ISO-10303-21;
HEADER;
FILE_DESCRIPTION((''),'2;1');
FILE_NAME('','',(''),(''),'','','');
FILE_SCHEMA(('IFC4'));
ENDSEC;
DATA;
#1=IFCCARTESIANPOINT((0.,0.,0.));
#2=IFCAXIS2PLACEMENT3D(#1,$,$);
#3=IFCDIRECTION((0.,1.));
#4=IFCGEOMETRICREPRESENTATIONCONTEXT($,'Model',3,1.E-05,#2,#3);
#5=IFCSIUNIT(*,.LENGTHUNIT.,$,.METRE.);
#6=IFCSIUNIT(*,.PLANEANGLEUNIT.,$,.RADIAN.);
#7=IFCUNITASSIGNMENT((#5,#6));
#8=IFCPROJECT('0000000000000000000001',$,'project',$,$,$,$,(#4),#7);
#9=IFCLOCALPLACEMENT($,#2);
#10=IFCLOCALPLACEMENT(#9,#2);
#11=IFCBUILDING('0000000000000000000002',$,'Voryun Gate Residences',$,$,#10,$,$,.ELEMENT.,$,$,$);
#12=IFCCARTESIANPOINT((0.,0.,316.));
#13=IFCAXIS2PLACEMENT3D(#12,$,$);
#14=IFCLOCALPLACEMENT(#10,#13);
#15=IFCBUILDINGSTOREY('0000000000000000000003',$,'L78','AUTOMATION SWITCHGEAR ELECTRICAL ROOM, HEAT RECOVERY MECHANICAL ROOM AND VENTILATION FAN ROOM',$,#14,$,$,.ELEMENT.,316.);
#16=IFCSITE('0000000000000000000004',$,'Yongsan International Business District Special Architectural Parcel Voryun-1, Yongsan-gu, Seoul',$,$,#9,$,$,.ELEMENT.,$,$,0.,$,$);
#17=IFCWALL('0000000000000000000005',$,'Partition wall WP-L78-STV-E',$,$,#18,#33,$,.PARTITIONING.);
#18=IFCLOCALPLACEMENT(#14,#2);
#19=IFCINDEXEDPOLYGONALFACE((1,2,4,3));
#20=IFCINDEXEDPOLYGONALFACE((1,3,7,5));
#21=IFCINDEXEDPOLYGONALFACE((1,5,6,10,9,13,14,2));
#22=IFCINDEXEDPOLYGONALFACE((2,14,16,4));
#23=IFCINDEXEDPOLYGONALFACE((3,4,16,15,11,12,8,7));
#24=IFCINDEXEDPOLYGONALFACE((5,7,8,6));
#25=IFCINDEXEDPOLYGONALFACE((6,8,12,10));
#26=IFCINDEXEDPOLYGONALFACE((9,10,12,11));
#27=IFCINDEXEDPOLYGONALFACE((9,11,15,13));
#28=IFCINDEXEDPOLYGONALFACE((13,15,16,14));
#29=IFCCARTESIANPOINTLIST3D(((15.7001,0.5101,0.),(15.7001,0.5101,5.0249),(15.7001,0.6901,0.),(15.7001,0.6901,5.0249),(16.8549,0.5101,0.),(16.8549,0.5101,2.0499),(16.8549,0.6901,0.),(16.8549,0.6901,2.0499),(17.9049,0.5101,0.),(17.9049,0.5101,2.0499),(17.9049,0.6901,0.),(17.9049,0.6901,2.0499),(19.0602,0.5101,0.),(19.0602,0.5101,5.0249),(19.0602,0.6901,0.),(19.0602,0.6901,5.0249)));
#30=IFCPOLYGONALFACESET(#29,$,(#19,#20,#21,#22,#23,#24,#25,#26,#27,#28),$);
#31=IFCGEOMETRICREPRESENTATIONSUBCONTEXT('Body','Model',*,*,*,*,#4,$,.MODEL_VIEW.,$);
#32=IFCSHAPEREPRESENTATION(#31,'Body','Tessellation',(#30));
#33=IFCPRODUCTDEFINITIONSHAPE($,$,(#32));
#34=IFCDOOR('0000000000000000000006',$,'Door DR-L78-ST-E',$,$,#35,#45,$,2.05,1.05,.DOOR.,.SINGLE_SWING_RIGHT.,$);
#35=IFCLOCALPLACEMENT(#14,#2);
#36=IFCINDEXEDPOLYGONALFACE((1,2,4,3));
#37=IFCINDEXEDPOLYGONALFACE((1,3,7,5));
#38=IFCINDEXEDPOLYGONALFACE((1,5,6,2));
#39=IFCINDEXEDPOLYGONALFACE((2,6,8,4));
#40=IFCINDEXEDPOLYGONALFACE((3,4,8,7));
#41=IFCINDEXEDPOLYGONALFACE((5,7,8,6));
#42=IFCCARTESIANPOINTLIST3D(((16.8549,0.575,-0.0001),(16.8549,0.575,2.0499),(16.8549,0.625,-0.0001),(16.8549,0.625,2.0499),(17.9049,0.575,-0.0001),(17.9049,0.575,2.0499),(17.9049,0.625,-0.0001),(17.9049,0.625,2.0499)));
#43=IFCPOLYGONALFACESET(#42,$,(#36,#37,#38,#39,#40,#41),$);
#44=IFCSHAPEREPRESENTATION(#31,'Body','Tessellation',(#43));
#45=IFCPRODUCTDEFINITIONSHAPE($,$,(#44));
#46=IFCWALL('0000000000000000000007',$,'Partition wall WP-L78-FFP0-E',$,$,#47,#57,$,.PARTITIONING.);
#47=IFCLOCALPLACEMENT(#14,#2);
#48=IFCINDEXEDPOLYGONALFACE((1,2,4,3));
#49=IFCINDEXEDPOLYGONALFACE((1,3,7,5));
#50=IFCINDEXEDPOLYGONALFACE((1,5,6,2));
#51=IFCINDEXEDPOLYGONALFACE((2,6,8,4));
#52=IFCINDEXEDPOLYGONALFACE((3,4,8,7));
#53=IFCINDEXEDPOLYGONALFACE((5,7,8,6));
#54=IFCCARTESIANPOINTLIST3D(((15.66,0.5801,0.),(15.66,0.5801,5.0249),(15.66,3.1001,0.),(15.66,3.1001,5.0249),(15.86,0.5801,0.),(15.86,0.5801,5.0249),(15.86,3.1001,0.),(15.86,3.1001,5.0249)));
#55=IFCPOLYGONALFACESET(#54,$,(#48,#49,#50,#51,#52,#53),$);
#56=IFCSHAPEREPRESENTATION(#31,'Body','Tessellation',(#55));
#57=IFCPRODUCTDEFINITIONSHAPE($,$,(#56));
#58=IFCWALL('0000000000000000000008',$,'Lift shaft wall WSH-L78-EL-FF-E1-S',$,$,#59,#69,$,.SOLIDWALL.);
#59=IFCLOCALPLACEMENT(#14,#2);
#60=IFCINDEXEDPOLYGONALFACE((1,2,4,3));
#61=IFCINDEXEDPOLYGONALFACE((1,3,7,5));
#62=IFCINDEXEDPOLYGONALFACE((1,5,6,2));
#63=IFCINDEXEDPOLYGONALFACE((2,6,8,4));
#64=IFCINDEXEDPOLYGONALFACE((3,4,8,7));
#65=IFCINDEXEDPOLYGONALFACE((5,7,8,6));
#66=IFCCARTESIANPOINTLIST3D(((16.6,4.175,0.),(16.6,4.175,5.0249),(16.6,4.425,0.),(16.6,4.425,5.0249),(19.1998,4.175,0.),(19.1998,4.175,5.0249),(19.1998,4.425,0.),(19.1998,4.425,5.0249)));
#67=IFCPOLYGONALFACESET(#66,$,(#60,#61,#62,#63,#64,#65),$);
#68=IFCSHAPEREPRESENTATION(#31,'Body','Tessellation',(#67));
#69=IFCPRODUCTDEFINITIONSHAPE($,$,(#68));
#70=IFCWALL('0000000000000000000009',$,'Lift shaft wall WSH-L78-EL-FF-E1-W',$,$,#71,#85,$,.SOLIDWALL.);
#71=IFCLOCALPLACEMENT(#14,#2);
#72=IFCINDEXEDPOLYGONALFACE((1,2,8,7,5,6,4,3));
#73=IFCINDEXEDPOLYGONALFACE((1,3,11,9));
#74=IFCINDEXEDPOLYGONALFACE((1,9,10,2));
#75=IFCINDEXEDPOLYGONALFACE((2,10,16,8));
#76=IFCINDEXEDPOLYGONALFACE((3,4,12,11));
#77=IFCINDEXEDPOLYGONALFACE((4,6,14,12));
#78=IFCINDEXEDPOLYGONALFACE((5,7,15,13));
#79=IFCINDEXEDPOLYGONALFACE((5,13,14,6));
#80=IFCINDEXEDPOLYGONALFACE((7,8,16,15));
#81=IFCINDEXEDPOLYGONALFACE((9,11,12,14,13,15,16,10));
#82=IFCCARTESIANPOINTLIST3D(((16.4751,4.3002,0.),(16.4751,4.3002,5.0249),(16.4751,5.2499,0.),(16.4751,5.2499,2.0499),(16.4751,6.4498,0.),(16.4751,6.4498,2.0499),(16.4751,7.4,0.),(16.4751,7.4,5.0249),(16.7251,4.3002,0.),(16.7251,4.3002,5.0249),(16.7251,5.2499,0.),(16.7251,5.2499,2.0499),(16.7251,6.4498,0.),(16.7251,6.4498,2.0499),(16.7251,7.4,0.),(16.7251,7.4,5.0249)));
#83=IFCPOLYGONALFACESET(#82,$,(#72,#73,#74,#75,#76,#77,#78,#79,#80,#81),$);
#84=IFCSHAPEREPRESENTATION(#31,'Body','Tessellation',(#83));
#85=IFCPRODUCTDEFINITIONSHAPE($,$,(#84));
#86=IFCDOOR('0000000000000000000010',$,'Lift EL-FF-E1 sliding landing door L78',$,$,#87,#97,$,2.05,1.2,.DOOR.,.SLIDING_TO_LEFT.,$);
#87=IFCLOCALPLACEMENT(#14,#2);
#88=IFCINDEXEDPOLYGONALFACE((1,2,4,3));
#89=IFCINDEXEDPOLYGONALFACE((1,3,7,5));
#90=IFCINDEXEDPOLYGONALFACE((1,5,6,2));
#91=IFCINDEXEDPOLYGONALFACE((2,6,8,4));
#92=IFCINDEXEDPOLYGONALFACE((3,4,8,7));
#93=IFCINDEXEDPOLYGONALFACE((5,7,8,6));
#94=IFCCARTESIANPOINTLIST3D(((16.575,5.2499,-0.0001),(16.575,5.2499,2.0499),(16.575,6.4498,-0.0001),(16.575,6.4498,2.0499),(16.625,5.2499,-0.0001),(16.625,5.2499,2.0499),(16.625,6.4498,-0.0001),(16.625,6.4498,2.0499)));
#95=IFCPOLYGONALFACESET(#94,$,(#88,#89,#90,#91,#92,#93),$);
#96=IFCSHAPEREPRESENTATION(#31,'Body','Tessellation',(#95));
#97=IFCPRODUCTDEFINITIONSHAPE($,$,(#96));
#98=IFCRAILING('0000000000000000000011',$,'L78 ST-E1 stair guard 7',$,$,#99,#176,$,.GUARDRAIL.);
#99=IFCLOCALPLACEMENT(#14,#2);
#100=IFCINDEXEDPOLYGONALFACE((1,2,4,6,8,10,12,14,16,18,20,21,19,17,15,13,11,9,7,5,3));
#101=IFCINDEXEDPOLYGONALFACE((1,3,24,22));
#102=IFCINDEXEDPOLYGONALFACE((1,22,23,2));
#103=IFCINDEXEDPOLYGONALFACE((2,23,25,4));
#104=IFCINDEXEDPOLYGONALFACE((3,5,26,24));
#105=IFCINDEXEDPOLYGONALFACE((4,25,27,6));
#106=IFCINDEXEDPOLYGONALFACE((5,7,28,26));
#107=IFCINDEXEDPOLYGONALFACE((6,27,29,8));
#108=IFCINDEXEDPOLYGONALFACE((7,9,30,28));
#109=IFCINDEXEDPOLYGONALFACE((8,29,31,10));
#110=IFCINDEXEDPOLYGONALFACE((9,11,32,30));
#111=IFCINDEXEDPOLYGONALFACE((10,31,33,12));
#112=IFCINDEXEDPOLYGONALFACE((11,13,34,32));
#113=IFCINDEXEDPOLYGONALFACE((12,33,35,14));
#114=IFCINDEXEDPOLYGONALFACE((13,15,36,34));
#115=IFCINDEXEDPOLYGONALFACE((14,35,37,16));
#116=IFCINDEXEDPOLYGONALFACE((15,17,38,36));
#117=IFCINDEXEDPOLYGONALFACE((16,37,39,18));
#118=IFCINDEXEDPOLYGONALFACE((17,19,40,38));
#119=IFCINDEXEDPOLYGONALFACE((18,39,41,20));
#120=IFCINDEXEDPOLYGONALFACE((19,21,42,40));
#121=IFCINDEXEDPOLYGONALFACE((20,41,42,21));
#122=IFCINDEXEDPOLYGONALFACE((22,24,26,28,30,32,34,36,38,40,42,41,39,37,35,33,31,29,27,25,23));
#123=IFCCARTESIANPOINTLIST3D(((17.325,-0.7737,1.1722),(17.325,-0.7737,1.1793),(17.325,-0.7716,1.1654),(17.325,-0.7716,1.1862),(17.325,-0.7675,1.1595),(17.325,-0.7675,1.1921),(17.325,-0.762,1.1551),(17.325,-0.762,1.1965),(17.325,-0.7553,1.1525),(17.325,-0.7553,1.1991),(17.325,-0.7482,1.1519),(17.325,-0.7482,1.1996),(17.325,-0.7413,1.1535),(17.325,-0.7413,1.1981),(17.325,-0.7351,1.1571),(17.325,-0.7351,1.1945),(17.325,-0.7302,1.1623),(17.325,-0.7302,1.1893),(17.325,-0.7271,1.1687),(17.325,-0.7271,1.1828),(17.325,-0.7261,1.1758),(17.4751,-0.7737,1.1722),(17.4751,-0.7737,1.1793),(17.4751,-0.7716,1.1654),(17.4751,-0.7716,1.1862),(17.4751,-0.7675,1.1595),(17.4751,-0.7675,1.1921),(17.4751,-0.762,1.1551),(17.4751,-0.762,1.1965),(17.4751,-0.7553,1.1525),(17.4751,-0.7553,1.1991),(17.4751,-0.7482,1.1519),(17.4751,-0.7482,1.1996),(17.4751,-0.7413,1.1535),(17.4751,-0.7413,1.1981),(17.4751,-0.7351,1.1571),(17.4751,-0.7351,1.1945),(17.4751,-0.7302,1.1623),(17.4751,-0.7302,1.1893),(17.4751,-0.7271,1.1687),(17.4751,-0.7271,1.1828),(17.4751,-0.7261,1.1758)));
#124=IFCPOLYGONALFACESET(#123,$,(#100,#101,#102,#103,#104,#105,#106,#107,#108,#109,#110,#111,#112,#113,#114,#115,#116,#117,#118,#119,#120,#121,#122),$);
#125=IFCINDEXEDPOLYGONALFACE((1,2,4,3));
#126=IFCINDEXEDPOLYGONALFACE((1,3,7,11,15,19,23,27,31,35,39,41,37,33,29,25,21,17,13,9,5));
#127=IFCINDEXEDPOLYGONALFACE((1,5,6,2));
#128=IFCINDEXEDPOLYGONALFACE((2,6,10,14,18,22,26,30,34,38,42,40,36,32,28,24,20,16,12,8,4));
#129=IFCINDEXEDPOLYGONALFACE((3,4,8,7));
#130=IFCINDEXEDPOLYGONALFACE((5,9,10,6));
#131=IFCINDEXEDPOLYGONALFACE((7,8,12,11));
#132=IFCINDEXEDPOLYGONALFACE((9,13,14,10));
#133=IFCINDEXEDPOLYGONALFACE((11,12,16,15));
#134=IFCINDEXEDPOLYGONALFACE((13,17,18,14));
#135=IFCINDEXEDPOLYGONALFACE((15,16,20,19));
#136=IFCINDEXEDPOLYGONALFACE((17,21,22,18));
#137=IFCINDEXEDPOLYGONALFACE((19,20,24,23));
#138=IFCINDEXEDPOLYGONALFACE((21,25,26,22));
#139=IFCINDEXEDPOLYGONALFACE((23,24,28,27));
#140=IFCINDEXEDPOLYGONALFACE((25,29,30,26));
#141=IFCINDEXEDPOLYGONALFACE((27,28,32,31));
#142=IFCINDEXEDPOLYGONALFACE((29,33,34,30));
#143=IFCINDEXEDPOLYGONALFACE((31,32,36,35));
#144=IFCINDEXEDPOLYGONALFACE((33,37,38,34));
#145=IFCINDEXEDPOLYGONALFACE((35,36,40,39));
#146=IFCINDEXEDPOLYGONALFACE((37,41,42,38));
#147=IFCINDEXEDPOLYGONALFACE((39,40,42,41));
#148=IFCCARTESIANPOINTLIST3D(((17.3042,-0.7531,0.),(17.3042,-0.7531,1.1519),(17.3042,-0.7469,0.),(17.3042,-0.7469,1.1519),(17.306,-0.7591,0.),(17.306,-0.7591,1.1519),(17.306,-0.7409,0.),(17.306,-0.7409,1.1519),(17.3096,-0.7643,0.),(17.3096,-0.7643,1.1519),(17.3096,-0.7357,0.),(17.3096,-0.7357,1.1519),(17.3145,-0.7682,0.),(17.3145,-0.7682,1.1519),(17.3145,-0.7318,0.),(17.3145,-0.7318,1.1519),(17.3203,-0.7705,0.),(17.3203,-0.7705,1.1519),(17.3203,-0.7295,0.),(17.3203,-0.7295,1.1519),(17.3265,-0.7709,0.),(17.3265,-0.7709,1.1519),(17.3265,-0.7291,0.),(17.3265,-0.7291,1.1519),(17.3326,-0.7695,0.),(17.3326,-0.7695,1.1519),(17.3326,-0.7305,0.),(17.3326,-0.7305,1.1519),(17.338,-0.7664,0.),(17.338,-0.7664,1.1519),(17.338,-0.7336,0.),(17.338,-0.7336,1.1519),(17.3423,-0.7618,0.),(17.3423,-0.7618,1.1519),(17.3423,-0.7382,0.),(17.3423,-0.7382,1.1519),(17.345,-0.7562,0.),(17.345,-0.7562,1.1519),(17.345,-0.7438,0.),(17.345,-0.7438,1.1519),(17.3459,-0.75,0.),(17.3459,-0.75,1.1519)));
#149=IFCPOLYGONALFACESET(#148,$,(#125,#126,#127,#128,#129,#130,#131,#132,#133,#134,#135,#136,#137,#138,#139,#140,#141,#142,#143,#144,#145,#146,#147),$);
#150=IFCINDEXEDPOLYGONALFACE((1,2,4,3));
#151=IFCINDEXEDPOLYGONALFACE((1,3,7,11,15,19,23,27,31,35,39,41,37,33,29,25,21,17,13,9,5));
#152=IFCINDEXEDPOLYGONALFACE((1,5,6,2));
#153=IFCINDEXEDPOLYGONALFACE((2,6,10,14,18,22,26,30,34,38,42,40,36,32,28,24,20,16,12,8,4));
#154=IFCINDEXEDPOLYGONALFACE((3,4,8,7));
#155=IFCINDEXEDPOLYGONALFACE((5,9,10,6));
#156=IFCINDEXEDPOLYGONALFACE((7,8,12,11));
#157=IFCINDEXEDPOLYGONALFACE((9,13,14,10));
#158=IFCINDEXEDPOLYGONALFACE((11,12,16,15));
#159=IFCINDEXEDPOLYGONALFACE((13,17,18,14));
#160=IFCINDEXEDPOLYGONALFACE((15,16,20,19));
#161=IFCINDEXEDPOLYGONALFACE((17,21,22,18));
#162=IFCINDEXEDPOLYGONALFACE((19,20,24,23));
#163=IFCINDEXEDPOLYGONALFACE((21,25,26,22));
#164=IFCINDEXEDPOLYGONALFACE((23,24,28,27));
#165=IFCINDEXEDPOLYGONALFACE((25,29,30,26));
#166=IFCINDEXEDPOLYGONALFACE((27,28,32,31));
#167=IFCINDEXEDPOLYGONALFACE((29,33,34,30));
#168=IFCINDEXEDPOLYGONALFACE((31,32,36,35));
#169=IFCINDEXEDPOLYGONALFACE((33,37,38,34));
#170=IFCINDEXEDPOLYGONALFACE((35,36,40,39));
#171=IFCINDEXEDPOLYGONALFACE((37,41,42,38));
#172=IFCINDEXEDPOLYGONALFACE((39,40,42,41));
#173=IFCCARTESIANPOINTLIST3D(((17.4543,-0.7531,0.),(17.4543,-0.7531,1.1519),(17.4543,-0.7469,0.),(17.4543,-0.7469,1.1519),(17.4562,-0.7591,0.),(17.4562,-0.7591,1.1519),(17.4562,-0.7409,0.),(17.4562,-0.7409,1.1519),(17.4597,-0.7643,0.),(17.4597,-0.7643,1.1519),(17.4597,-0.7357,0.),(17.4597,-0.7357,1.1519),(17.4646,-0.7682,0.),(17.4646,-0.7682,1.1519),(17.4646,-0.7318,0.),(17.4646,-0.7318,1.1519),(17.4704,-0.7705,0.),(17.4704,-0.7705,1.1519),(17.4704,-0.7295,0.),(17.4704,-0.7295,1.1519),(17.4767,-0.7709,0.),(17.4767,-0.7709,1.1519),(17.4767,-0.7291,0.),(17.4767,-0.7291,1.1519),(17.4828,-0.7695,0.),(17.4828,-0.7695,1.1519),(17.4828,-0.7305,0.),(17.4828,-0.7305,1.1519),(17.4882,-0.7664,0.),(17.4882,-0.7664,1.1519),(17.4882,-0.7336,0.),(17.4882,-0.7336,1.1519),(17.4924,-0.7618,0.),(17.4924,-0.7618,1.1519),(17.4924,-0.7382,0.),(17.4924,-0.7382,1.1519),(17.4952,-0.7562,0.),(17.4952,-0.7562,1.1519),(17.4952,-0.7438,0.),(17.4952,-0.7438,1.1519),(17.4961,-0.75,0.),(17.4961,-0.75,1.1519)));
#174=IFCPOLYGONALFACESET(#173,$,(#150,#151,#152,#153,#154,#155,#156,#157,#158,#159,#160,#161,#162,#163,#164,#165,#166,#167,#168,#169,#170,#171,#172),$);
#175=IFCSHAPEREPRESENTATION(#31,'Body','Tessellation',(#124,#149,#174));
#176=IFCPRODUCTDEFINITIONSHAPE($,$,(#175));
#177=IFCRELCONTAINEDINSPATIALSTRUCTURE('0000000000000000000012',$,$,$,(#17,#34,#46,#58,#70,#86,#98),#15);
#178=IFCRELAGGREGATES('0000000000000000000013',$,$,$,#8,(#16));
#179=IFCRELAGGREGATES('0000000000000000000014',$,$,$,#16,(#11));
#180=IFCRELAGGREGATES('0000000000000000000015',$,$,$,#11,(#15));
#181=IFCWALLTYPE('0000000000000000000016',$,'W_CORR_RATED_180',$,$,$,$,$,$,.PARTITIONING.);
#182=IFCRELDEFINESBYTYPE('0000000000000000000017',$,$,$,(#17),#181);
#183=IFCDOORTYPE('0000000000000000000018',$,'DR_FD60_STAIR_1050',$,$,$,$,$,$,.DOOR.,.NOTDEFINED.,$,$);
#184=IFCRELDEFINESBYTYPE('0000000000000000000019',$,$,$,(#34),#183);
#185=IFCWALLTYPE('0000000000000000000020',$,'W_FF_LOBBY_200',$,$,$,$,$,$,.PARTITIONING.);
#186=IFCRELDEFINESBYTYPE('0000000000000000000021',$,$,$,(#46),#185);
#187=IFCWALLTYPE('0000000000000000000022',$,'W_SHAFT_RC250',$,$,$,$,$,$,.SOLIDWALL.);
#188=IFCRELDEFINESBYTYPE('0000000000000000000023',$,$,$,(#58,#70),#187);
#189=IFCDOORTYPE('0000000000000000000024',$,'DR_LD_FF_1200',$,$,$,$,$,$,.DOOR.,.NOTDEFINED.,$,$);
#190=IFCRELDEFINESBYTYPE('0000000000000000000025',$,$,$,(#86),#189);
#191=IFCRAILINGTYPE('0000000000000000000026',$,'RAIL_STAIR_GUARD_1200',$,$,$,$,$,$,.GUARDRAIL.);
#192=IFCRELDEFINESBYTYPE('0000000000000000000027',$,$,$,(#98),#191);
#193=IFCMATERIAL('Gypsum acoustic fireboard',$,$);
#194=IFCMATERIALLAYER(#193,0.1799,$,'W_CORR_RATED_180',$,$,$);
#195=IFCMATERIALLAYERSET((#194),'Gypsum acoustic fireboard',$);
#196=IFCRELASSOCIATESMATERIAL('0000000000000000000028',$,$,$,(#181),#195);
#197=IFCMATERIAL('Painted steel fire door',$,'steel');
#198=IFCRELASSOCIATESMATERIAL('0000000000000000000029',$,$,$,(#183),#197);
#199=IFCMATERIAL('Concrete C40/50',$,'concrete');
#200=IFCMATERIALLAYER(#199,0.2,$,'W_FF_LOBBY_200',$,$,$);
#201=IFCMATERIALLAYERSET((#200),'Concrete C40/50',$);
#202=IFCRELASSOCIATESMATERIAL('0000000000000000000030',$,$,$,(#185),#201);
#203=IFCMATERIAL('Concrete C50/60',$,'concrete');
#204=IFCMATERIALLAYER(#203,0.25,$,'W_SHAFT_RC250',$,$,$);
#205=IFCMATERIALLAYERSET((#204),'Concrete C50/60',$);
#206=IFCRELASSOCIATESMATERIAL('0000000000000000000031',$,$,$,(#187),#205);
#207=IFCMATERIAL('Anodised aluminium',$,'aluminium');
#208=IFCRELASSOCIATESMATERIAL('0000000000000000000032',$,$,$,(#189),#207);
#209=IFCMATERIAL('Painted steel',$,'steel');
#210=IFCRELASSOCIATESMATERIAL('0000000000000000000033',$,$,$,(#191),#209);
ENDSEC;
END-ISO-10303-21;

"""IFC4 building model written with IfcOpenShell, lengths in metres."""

from ifc_helpers import new_model, si_unit, direction, frame, frame_2d, origin, origin_2d, place, context, subcontext, project, spatial, rectangle, circle, extrude, material, layer, layer_set, type_object, element, fill, save


model = new_model("IFC4")

# Units and contexts
model_context = context("Model", 3, precision=1e-05, world=origin(), true_north=direction((0.0, 1.0)))
body_context = subcontext(model_context, "Body", "Model", "MODEL_VIEW")
ifc_project = project(units=[si_unit("LENGTHUNIT", "METRE"), si_unit("PLANEANGLEUNIT", "RADIAN")], contexts=[model_context])

# Site, building, storey
site_placement = place(None, origin())
site = spatial("IfcSite", under=ifc_project, at=site_placement, Name="Yongsan International Business District Special Architectural Parcel Voryun-1, Yongsan-gu, Seoul", CompositionType="ELEMENT", RefElevation=0.0)
building_placement = place(site_placement, origin())
building = spatial("IfcBuilding", under=site, at=building_placement, Name="Voryun Gate Residences", CompositionType="ELEMENT")
storey_placement = place(building_placement, frame((0.0, 0.0, 316.0)))
storey = spatial("IfcBuildingStorey", under=building, at=storey_placement, Name="L78", Description="AUTOMATION SWITCHGEAR ELECTRICAL ROOM, HEAT RECOVERY MECHANICAL ROOM AND VENTILATION FAN ROOM", CompositionType="ELEMENT", Elevation=316.0)

# Wall, opening, door
ifc_material_1 = material(Name="Gypsum acoustic fireboard")
ifc_layer_1 = layer(ifc_material_1, 0.1799, Name="W_CORR_RATED_180")
ifc_layer_set_1 = layer_set([ifc_layer_1], Name="Gypsum acoustic fireboard")
wall_type_1 = type_object("IfcWallType", Name="W_CORR_RATED_180", PredefinedType="PARTITIONING", material=ifc_layer_set_1)
wall_1_placement = place(storey_placement, frame((15.7, 0.6001, 0.0), z_axis=(0.0, 0.0, 1.0), x_axis=(1.0, 0.0, 0.0)))
wall_1 = element("IfcWall", 1, at=wall_1_placement, inside=storey, type_object=wall_type_1, Name="Partition wall WP-L78-STV-E", PredefinedType="PARTITIONING", context=body_context, shape_type="SweptSolid", body=[
    extrude(rectangle(XDim=3.3601, YDim=0.1799, at=frame_2d((1.6802, 0.0))), origin(), (0.0, 0.0, 1.0), 5.0249),
])
opening_1_placement = place(wall_1_placement, frame((1.155, 0.0, 0.0)))
opening_1 = element("IfcOpeningElement", 2, at=opening_1_placement, cuts=wall_1, PredefinedType="OPENING", context=body_context, shape_type="SweptSolid", body=[
    extrude(rectangle(XDim=1.05, YDim=2.05, at=frame_2d((0.5249, 1.0249))), frame((0.0, 0.0999, 0.0), z_axis=(0.0, -1.0, 0.0), x_axis=(1.0, 0.0, 0.0)), (0.0, 0.0, 1.0), 0.2),
])
ifc_material_2 = material(Name="Painted steel fire door", Category="steel")
door_type_1 = type_object("IfcDoorType", Name="DR_FD60_STAIR_1050", OperationType="NOTDEFINED", PredefinedType="DOOR", material=ifc_material_2)
door_1_placement = place(opening_1_placement, origin())
door_1 = element("IfcDoor", 3, at=door_1_placement, inside=storey, type_object=door_type_1, Name="Door DR-L78-ST-E", OperationType="SINGLE_SWING_RIGHT", OverallHeight=2.05, OverallWidth=1.05, PredefinedType="DOOR", context=body_context, shape_type="SweptSolid", body=[
    extrude(rectangle(XDim=1.05, YDim=2.05, at=frame_2d((0.5249, 1.0249))), frame((0.0, 0.0249, 0.0), z_axis=(0.0, -1.0, 0.0), x_axis=(1.0, 0.0, 0.0)), (0.0, 0.0, 1.0), 0.05),
])
fill(opening_1, door_1)

# Walls
ifc_material_3 = material(Name="Concrete C40/50", Category="concrete")
ifc_layer_2 = layer(ifc_material_3, 0.2, Name="W_FF_LOBBY_200")
ifc_layer_set_2 = layer_set([ifc_layer_2], Name="Concrete C40/50")
wall_type_2 = type_object("IfcWallType", Name="W_FF_LOBBY_200", PredefinedType="PARTITIONING", material=ifc_layer_set_2)
wall_2_placement = place(storey_placement, frame((15.76, 0.5801, 0.0), z_axis=(0.0, 0.0, 1.0), x_axis=(0.0, 1.0, 0.0)))
element("IfcWall", 4, at=wall_2_placement, inside=storey, type_object=wall_type_2, Name="Partition wall WP-L78-FFP0-E", PredefinedType="PARTITIONING", context=body_context, shape_type="SweptSolid", body=[
    extrude(rectangle(XDim=2.52, YDim=0.2, at=frame_2d((1.26, 0.0))), origin(), (0.0, 0.0, 1.0), 5.0249),
])
ifc_material_4 = material(Name="Concrete C50/60", Category="concrete")
ifc_layer_3 = layer(ifc_material_4, 0.25, Name="W_SHAFT_RC250")
ifc_layer_set_3 = layer_set([ifc_layer_3], Name="Concrete C50/60")
wall_type_3 = type_object("IfcWallType", Name="W_SHAFT_RC250", PredefinedType="SOLIDWALL", material=ifc_layer_set_3)
wall_3_placement = place(storey_placement, frame((16.6001, 4.3, 0.0), z_axis=(0.0, 0.0, 1.0), x_axis=(1.0, 0.0, 0.0)))
element("IfcWall", 5, at=wall_3_placement, inside=storey, type_object=wall_type_3, Name="Lift shaft wall WSH-L78-EL-FF-E1-S", PredefinedType="SOLIDWALL", context=body_context, shape_type="SweptSolid", body=[
    extrude(rectangle(XDim=2.5999, YDim=0.25, at=frame_2d((1.2998, 0.0))), origin(), (0.0, 0.0, 1.0), 5.0249),
])

# Wall, opening, door
wall_4_placement = place(storey_placement, frame((16.6001, 7.3999, 0.0), z_axis=(0.0, 0.0, 1.0), x_axis=(0.0, -1.0, 0.0)))
wall_4 = element("IfcWall", 6, at=wall_4_placement, inside=storey, type_object=wall_type_3, Name="Lift shaft wall WSH-L78-EL-FF-E1-W", PredefinedType="SOLIDWALL", context=body_context, shape_type="SweptSolid", body=[
    extrude(rectangle(XDim=3.0999, YDim=0.25, at=frame_2d((1.5498, 0.0))), origin(), (0.0, 0.0, 1.0), 5.0249),
])
opening_2_placement = place(wall_4_placement, frame((0.95, 0.0, 0.0)))
opening_2 = element("IfcOpeningElement", 7, at=opening_2_placement, cuts=wall_4, PredefinedType="OPENING", context=body_context, shape_type="SweptSolid", body=[
    extrude(rectangle(XDim=1.2, YDim=2.05, at=frame_2d((0.6001, 1.0249))), frame((0.0, 0.135, 0.0), z_axis=(0.0, -1.0, 0.0), x_axis=(1.0, 0.0, 0.0)), (0.0, 0.0, 1.0), 0.27),
])
ifc_material_5 = material(Name="Anodised aluminium", Category="aluminium")
door_type_2 = type_object("IfcDoorType", Name="DR_LD_FF_1200", OperationType="NOTDEFINED", PredefinedType="DOOR", material=ifc_material_5)
door_2_placement = place(opening_2_placement, origin())
door_2 = element("IfcDoor", 8, at=door_2_placement, inside=storey, type_object=door_type_2, Name="Lift EL-FF-E1 sliding landing door L78", OperationType="SLIDING_TO_LEFT", OverallHeight=2.05, OverallWidth=1.2, PredefinedType="DOOR", context=body_context, shape_type="SweptSolid", body=[
    extrude(rectangle(XDim=1.2, YDim=2.05, at=frame_2d((0.6001, 1.0249))), frame((0.0, 0.0249, 0.0), z_axis=(0.0, -1.0, 0.0), x_axis=(1.0, 0.0, 0.0)), (0.0, 0.0, 1.0), 0.05),
])
fill(opening_2, door_2)

# Railing
ifc_material_6 = material(Name="Painted steel", Category="steel")
railing_type = type_object("IfcRailingType", Name="RAIL_STAIR_GUARD_1200", PredefinedType="GUARDRAIL", material=ifc_material_6)
railing_placement = place(storey_placement, frame((17.325, -0.75, 0.0)))
element("IfcRailing", 9, at=railing_placement, inside=storey, type_object=railing_type, Name="L78 ST-E1 stair guard 7", PredefinedType="GUARDRAIL", context=body_context, shape_type="SweptSolid", body=[
    extrude(circle(Radius=0.0239, at=origin_2d()), frame((0.0, 0.0, 1.1758), z_axis=(1.0, 0.0, 0.0), x_axis=(0.0, 1.0, 0.0)), (0.0, 0.0, 1.0), 0.1501),
    extrude(circle(Radius=0.021, at=origin_2d()), origin(), (0.0, 0.0, 1.0), 1.1519),
    extrude(circle(Radius=0.021, at=origin_2d()), frame((0.1501, 0.0, 0.0)), (0.0, 0.0, 1.0), 1.1519),
])

save(model, "model.ifc")
